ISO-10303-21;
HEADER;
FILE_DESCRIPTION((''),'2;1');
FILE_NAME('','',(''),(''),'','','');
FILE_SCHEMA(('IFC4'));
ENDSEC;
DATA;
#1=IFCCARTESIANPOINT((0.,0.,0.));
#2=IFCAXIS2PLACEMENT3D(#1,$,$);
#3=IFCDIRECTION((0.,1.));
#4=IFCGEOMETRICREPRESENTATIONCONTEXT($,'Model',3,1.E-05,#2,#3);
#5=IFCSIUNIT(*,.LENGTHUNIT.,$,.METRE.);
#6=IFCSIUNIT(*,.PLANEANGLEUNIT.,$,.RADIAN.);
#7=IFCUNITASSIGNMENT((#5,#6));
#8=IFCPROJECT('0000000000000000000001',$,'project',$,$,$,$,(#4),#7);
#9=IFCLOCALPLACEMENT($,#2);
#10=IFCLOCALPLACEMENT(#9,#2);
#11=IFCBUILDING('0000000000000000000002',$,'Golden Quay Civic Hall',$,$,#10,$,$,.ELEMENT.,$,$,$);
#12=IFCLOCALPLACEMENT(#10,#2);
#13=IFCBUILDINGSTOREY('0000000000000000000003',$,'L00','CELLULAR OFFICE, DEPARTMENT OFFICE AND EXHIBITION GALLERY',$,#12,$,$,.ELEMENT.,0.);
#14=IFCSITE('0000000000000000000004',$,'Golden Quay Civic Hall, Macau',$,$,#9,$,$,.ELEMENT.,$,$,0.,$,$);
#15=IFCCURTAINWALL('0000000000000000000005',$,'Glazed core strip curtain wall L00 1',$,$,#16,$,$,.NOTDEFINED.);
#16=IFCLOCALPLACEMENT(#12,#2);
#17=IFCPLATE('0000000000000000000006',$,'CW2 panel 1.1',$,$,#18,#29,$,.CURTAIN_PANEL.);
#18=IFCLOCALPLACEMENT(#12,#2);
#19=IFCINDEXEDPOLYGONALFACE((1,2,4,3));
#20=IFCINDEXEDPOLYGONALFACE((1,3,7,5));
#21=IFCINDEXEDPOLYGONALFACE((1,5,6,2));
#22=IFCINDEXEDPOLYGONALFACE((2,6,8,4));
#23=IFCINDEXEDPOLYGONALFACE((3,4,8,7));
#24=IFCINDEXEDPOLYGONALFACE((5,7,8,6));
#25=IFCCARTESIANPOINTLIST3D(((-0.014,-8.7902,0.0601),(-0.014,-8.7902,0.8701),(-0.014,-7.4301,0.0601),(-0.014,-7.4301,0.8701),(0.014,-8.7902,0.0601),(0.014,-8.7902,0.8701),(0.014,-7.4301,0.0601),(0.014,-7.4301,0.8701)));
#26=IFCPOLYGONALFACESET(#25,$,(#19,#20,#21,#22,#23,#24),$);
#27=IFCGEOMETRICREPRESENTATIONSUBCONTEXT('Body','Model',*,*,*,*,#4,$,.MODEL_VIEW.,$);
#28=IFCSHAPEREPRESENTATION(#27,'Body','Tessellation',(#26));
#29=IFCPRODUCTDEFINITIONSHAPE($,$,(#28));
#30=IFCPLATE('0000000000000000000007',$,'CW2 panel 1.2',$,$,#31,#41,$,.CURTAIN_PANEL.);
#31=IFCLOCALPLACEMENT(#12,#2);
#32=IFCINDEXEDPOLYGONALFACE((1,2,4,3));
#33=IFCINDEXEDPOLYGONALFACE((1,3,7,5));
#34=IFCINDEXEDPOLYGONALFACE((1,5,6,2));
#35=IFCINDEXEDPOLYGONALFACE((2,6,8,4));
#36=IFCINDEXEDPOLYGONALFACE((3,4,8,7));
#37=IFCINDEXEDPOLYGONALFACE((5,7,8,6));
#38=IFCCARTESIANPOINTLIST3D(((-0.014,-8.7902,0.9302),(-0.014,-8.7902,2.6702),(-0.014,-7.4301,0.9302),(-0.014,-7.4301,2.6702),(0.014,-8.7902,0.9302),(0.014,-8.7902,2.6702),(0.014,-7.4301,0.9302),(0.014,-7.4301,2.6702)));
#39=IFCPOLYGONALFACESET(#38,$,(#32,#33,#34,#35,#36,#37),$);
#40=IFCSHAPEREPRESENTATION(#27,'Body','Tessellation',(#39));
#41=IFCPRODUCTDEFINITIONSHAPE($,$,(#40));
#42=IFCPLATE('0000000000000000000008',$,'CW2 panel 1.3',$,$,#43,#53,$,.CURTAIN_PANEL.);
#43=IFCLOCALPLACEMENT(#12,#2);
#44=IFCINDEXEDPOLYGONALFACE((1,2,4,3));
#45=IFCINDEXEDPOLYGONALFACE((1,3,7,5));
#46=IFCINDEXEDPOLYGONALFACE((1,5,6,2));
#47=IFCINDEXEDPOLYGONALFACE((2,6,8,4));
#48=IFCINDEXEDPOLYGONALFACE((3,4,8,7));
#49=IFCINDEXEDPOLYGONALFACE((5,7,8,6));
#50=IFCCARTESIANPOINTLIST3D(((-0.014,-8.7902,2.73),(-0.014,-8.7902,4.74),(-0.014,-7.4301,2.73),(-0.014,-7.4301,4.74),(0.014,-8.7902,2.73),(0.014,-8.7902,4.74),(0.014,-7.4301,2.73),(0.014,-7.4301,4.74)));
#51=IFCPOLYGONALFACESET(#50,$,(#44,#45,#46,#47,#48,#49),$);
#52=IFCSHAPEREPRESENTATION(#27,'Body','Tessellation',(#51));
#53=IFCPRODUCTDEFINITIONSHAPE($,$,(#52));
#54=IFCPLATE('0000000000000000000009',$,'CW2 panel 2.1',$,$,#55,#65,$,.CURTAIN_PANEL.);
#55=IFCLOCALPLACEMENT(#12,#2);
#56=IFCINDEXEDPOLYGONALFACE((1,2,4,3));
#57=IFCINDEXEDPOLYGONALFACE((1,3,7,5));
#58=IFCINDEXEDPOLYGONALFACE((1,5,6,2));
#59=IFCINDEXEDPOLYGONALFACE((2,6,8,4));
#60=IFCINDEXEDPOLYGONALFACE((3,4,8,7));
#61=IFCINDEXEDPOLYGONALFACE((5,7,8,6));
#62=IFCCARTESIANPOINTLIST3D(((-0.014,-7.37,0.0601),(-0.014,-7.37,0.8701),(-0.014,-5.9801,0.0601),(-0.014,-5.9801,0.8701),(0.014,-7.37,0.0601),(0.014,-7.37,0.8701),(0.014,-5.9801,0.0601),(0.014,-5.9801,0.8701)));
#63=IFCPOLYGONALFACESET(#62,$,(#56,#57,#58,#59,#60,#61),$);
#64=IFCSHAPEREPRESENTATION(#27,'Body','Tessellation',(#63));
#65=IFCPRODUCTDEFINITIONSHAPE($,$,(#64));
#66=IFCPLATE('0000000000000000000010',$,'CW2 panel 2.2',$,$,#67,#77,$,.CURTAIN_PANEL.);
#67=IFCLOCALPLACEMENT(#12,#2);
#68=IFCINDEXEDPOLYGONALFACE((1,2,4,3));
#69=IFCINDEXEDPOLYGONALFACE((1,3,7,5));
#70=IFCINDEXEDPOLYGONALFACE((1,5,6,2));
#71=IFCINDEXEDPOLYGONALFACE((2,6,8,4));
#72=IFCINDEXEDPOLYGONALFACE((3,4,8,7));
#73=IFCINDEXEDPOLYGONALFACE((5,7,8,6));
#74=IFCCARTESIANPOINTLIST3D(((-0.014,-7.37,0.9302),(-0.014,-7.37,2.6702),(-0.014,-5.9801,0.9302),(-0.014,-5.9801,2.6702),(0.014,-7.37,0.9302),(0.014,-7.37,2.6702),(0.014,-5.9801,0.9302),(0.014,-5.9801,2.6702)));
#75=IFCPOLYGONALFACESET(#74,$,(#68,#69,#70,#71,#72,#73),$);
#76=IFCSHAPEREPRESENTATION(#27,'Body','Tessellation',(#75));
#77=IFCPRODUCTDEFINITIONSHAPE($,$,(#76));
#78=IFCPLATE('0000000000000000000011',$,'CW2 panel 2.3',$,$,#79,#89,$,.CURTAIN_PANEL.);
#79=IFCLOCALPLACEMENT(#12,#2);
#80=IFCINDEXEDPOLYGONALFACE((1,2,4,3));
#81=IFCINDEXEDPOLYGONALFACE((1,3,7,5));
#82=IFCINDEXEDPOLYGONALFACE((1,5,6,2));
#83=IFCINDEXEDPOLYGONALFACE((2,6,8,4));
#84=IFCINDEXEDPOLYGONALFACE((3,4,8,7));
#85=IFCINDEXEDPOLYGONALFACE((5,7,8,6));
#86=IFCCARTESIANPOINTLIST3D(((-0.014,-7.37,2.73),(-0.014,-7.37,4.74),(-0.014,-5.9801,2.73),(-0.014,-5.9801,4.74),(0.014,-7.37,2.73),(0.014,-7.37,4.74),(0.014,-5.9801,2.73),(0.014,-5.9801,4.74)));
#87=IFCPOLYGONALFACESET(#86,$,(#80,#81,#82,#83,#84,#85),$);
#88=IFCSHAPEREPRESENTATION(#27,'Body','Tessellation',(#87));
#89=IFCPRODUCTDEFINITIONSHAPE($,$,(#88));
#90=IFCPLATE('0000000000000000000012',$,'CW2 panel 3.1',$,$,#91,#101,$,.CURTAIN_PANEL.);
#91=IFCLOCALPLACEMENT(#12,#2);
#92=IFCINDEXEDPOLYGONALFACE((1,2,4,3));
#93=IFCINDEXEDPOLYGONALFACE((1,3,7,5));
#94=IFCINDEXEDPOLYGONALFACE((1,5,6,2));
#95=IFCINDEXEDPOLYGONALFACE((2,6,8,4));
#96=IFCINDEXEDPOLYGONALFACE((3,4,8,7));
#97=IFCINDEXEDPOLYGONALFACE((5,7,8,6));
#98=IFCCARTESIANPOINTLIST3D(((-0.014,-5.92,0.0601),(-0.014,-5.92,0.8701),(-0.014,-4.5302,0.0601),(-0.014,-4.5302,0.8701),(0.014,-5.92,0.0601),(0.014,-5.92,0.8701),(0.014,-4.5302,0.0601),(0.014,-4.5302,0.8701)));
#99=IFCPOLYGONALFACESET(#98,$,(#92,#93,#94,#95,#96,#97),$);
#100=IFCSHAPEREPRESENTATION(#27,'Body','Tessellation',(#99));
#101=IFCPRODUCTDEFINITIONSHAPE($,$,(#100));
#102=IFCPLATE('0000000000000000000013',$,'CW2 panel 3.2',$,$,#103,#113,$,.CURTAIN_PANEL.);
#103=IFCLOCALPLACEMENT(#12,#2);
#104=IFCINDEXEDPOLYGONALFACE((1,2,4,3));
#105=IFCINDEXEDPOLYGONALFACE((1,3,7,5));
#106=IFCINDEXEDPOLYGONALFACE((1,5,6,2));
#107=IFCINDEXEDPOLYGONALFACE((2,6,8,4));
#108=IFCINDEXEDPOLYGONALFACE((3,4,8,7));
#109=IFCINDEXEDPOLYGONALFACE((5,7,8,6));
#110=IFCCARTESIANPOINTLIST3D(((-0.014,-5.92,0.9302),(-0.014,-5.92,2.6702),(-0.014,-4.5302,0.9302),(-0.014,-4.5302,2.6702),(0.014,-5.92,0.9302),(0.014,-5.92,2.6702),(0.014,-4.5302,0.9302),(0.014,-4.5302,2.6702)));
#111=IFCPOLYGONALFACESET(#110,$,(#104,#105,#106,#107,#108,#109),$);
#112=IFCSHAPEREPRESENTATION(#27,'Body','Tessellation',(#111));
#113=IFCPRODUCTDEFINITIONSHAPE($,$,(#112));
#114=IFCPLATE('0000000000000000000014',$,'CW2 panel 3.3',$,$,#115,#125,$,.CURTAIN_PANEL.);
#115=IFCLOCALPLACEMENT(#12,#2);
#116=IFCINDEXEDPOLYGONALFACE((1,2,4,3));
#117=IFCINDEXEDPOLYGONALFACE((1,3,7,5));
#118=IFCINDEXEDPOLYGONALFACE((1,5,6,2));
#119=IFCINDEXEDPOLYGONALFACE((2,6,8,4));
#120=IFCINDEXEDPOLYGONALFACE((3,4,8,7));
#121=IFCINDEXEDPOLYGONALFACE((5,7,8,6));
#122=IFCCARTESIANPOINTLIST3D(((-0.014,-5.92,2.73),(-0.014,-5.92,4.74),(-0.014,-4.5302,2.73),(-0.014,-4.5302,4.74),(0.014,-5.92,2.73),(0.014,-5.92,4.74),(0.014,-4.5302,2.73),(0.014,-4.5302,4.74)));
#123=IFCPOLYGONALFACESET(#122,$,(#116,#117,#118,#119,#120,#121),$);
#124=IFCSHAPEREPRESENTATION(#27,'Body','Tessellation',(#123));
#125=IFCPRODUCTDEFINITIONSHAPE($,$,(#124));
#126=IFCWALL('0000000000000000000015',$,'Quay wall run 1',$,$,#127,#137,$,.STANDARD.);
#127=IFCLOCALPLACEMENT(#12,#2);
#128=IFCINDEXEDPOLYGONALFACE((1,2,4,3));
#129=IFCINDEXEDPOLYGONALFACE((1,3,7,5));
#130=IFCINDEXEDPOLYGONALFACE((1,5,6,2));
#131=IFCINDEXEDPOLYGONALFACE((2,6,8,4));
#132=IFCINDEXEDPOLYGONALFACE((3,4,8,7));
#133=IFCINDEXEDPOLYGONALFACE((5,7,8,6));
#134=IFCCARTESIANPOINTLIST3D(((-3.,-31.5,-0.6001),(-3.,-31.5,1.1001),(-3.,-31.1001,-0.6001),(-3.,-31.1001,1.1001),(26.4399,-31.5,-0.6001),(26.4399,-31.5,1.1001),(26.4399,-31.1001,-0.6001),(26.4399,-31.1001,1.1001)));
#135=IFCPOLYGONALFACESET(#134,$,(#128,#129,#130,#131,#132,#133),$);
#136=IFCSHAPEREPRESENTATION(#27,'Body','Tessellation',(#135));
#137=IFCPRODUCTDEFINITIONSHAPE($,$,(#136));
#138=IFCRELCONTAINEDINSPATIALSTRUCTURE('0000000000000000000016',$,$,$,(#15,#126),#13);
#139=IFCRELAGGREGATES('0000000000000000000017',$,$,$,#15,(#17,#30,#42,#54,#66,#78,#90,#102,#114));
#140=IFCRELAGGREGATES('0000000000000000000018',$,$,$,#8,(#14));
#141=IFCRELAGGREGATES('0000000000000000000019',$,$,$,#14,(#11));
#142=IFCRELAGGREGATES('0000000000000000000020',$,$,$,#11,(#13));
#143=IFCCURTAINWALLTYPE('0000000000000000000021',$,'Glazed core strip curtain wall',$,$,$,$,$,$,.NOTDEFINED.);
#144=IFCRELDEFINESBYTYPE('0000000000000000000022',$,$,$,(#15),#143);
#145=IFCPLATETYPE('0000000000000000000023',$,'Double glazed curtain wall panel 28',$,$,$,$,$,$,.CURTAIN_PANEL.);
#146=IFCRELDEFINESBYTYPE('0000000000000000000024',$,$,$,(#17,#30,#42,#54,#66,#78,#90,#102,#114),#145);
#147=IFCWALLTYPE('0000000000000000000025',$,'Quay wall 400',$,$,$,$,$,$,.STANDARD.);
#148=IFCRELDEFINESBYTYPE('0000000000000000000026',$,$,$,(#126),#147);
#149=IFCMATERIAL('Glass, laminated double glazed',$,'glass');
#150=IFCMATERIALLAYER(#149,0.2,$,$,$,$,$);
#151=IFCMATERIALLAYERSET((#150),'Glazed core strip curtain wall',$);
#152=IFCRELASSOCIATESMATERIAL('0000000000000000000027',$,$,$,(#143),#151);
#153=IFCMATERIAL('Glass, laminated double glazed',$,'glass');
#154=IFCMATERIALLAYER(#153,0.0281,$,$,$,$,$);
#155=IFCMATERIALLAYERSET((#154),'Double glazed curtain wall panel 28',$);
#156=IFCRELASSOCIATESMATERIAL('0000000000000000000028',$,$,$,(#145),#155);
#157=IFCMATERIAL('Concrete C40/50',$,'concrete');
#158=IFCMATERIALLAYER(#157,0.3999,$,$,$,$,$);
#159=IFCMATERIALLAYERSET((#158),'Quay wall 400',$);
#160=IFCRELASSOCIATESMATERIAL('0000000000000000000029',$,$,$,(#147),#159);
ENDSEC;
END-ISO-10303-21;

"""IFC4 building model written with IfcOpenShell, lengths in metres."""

from ifc_helpers import new_model, si_unit, direction, frame, frame_2d, origin, origin_2d, place, context, subcontext, project, spatial, rectangle, extrude, material, layer, layer_set, type_object, element, aggregate, save


model = new_model("IFC4")

# Units and contexts
model_context = context("Model", 3, precision=1e-05, world=origin(), true_north=direction((0.0, 1.0)))
body_context = subcontext(model_context, "Body", "Model", "MODEL_VIEW")
ifc_project = project(units=[si_unit("LENGTHUNIT", "METRE"), si_unit("PLANEANGLEUNIT", "RADIAN")], contexts=[model_context])

# Site, building, storey
site_placement = place(None, origin())
site = spatial("IfcSite", under=ifc_project, at=site_placement, Name="Golden Quay Civic Hall, Macau", CompositionType="ELEMENT", RefElevation=0.0)
building_placement = place(site_placement, origin())
building = spatial("IfcBuilding", under=site, at=building_placement, Name="Golden Quay Civic Hall", CompositionType="ELEMENT")
storey_placement = place(building_placement, origin())
storey = spatial("IfcBuildingStorey", under=building, at=storey_placement, Name="L00", Description="CELLULAR OFFICE, DEPARTMENT OFFICE AND EXHIBITION GALLERY", CompositionType="ELEMENT", Elevation=0.0)

# Curtain wall, plates
ifc_material_1 = material(Name="Glass, laminated double glazed", Category="glass")
ifc_layer_1 = layer(ifc_material_1, 0.2)
ifc_layer_set_1 = layer_set([ifc_layer_1], Name="Glazed core strip curtain wall")
curtain_wall_type = type_object("IfcCurtainWallType", Name="Glazed core strip curtain wall", PredefinedType="NOTDEFINED", material=ifc_layer_set_1)
curtain_wall_placement = place(storey_placement, origin())
curtain_wall = element("IfcCurtainWall", 1, at=curtain_wall_placement, inside=storey, type_object=curtain_wall_type, Name="Glazed core strip curtain wall L00 1", PredefinedType="NOTDEFINED")
ifc_material_2 = material(Name="Glass, laminated double glazed", Category="glass")
ifc_layer_2 = layer(ifc_material_2, 0.0281)
ifc_layer_set_2 = layer_set([ifc_layer_2], Name="Double glazed curtain wall panel 28")
plate_type = type_object("IfcPlateType", Name="Double glazed curtain wall panel 28", PredefinedType="CURTAIN_PANEL", material=ifc_layer_set_2)
plate_1_placement = place(storey_placement, frame((0.0, -8.1101, 0.0601), z_axis=(0.0, 0.0, 1.0), x_axis=(0.0, 1.0, 0.0)))
plate_1 = element("IfcPlate", 2, at=plate_1_placement, type_object=plate_type, Name="CW2 panel 1.1", PredefinedType="CURTAIN_PANEL", context=body_context, shape_type="SweptSolid", body=[
    extrude(rectangle(XDim=1.3601, YDim=0.0281, at=origin_2d()), origin(), (0.0, 0.0, 1.0), 0.8101),
])
plate_2_placement = place(storey_placement, frame((0.0, -8.1101, 0.9302), z_axis=(0.0, 0.0, 1.0), x_axis=(0.0, 1.0, 0.0)))
plate_2 = element("IfcPlate", 3, at=plate_2_placement, type_object=plate_type, Name="CW2 panel 1.2", PredefinedType="CURTAIN_PANEL", context=body_context, shape_type="SweptSolid", body=[
    extrude(rectangle(XDim=1.3601, YDim=0.0281, at=origin_2d()), origin(), (0.0, 0.0, 1.0), 1.74),
])
plate_3_placement = place(storey_placement, frame((0.0, -8.1101, 2.73), z_axis=(0.0, 0.0, 1.0), x_axis=(0.0, 1.0, 0.0)))
plate_3 = element("IfcPlate", 4, at=plate_3_placement, type_object=plate_type, Name="CW2 panel 1.3", PredefinedType="CURTAIN_PANEL", context=body_context, shape_type="SweptSolid", body=[
    extrude(rectangle(XDim=1.3601, YDim=0.0281, at=origin_2d()), origin(), (0.0, 0.0, 1.0), 2.01),
])
plate_4_placement = place(storey_placement, frame((0.0, -6.675, 0.0601), z_axis=(0.0, 0.0, 1.0), x_axis=(0.0, 1.0, 0.0)))
plate_4 = element("IfcPlate", 5, at=plate_4_placement, type_object=plate_type, Name="CW2 panel 2.1", PredefinedType="CURTAIN_PANEL", context=body_context, shape_type="SweptSolid", body=[
    extrude(rectangle(XDim=1.3899, YDim=0.0281, at=origin_2d()), origin(), (0.0, 0.0, 1.0), 0.8101),
])
plate_5_placement = place(storey_placement, frame((0.0, -6.675, 0.9302), z_axis=(0.0, 0.0, 1.0), x_axis=(0.0, 1.0, 0.0)))
plate_5 = element("IfcPlate", 6, at=plate_5_placement, type_object=plate_type, Name="CW2 panel 2.2", PredefinedType="CURTAIN_PANEL", context=body_context, shape_type="SweptSolid", body=[
    extrude(rectangle(XDim=1.3899, YDim=0.0281, at=origin_2d()), origin(), (0.0, 0.0, 1.0), 1.74),
])
plate_6_placement = place(storey_placement, frame((0.0, -6.675, 2.73), z_axis=(0.0, 0.0, 1.0), x_axis=(0.0, 1.0, 0.0)))
plate_6 = element("IfcPlate", 7, at=plate_6_placement, type_object=plate_type, Name="CW2 panel 2.3", PredefinedType="CURTAIN_PANEL", context=body_context, shape_type="SweptSolid", body=[
    extrude(rectangle(XDim=1.3899, YDim=0.0281, at=origin_2d()), origin(), (0.0, 0.0, 1.0), 2.01),
])
plate_7_placement = place(storey_placement, frame((0.0, -5.2251, 0.0601), z_axis=(0.0, 0.0, 1.0), x_axis=(0.0, 1.0, 0.0)))
plate_7 = element("IfcPlate", 8, at=plate_7_placement, type_object=plate_type, Name="CW2 panel 3.1", PredefinedType="CURTAIN_PANEL", context=body_context, shape_type="SweptSolid", body=[
    extrude(rectangle(XDim=1.3899, YDim=0.0281, at=origin_2d()), origin(), (0.0, 0.0, 1.0), 0.8101),
])
plate_8_placement = place(storey_placement, frame((0.0, -5.2251, 0.9302), z_axis=(0.0, 0.0, 1.0), x_axis=(0.0, 1.0, 0.0)))
plate_8 = element("IfcPlate", 9, at=plate_8_placement, type_object=plate_type, Name="CW2 panel 3.2", PredefinedType="CURTAIN_PANEL", context=body_context, shape_type="SweptSolid", body=[
    extrude(rectangle(XDim=1.3899, YDim=0.0281, at=origin_2d()), origin(), (0.0, 0.0, 1.0), 1.74),
])
plate_9_placement = place(storey_placement, frame((0.0, -5.2251, 2.73), z_axis=(0.0, 0.0, 1.0), x_axis=(0.0, 1.0, 0.0)))
plate_9 = element("IfcPlate", 10, at=plate_9_placement, type_object=plate_type, Name="CW2 panel 3.3", PredefinedType="CURTAIN_PANEL", context=body_context, shape_type="SweptSolid", body=[
    extrude(rectangle(XDim=1.3899, YDim=0.0281, at=origin_2d()), origin(), (0.0, 0.0, 1.0), 2.01),
])
aggregate(curtain_wall, [plate_1, plate_2, plate_3, plate_4, plate_5, plate_6, plate_7, plate_8, plate_9])

# Wall
ifc_material_3 = material(Name="Concrete C40/50", Category="concrete")
ifc_layer_3 = layer(ifc_material_3, 0.3999)
ifc_layer_set_3 = layer_set([ifc_layer_3], Name="Quay wall 400")
wall_type = type_object("IfcWallType", Name="Quay wall 400", PredefinedType="STANDARD", material=ifc_layer_set_3)
wall_placement = place(storey_placement, frame((-3.0, -31.3, -0.6001), z_axis=(0.0, 0.0, 1.0), x_axis=(1.0, 0.0, 0.0)))
element("IfcWall", 11, at=wall_placement, inside=storey, type_object=wall_type, Name="Quay wall run 1", PredefinedType="STANDARD", context=body_context, shape_type="SweptSolid", body=[
    extrude(rectangle(XDim=29.4399, YDim=0.3999, at=frame_2d((14.72, 0.0))), origin(), (0.0, 0.0, 1.0), 1.7002),
])

save(model, "model.ifc")
